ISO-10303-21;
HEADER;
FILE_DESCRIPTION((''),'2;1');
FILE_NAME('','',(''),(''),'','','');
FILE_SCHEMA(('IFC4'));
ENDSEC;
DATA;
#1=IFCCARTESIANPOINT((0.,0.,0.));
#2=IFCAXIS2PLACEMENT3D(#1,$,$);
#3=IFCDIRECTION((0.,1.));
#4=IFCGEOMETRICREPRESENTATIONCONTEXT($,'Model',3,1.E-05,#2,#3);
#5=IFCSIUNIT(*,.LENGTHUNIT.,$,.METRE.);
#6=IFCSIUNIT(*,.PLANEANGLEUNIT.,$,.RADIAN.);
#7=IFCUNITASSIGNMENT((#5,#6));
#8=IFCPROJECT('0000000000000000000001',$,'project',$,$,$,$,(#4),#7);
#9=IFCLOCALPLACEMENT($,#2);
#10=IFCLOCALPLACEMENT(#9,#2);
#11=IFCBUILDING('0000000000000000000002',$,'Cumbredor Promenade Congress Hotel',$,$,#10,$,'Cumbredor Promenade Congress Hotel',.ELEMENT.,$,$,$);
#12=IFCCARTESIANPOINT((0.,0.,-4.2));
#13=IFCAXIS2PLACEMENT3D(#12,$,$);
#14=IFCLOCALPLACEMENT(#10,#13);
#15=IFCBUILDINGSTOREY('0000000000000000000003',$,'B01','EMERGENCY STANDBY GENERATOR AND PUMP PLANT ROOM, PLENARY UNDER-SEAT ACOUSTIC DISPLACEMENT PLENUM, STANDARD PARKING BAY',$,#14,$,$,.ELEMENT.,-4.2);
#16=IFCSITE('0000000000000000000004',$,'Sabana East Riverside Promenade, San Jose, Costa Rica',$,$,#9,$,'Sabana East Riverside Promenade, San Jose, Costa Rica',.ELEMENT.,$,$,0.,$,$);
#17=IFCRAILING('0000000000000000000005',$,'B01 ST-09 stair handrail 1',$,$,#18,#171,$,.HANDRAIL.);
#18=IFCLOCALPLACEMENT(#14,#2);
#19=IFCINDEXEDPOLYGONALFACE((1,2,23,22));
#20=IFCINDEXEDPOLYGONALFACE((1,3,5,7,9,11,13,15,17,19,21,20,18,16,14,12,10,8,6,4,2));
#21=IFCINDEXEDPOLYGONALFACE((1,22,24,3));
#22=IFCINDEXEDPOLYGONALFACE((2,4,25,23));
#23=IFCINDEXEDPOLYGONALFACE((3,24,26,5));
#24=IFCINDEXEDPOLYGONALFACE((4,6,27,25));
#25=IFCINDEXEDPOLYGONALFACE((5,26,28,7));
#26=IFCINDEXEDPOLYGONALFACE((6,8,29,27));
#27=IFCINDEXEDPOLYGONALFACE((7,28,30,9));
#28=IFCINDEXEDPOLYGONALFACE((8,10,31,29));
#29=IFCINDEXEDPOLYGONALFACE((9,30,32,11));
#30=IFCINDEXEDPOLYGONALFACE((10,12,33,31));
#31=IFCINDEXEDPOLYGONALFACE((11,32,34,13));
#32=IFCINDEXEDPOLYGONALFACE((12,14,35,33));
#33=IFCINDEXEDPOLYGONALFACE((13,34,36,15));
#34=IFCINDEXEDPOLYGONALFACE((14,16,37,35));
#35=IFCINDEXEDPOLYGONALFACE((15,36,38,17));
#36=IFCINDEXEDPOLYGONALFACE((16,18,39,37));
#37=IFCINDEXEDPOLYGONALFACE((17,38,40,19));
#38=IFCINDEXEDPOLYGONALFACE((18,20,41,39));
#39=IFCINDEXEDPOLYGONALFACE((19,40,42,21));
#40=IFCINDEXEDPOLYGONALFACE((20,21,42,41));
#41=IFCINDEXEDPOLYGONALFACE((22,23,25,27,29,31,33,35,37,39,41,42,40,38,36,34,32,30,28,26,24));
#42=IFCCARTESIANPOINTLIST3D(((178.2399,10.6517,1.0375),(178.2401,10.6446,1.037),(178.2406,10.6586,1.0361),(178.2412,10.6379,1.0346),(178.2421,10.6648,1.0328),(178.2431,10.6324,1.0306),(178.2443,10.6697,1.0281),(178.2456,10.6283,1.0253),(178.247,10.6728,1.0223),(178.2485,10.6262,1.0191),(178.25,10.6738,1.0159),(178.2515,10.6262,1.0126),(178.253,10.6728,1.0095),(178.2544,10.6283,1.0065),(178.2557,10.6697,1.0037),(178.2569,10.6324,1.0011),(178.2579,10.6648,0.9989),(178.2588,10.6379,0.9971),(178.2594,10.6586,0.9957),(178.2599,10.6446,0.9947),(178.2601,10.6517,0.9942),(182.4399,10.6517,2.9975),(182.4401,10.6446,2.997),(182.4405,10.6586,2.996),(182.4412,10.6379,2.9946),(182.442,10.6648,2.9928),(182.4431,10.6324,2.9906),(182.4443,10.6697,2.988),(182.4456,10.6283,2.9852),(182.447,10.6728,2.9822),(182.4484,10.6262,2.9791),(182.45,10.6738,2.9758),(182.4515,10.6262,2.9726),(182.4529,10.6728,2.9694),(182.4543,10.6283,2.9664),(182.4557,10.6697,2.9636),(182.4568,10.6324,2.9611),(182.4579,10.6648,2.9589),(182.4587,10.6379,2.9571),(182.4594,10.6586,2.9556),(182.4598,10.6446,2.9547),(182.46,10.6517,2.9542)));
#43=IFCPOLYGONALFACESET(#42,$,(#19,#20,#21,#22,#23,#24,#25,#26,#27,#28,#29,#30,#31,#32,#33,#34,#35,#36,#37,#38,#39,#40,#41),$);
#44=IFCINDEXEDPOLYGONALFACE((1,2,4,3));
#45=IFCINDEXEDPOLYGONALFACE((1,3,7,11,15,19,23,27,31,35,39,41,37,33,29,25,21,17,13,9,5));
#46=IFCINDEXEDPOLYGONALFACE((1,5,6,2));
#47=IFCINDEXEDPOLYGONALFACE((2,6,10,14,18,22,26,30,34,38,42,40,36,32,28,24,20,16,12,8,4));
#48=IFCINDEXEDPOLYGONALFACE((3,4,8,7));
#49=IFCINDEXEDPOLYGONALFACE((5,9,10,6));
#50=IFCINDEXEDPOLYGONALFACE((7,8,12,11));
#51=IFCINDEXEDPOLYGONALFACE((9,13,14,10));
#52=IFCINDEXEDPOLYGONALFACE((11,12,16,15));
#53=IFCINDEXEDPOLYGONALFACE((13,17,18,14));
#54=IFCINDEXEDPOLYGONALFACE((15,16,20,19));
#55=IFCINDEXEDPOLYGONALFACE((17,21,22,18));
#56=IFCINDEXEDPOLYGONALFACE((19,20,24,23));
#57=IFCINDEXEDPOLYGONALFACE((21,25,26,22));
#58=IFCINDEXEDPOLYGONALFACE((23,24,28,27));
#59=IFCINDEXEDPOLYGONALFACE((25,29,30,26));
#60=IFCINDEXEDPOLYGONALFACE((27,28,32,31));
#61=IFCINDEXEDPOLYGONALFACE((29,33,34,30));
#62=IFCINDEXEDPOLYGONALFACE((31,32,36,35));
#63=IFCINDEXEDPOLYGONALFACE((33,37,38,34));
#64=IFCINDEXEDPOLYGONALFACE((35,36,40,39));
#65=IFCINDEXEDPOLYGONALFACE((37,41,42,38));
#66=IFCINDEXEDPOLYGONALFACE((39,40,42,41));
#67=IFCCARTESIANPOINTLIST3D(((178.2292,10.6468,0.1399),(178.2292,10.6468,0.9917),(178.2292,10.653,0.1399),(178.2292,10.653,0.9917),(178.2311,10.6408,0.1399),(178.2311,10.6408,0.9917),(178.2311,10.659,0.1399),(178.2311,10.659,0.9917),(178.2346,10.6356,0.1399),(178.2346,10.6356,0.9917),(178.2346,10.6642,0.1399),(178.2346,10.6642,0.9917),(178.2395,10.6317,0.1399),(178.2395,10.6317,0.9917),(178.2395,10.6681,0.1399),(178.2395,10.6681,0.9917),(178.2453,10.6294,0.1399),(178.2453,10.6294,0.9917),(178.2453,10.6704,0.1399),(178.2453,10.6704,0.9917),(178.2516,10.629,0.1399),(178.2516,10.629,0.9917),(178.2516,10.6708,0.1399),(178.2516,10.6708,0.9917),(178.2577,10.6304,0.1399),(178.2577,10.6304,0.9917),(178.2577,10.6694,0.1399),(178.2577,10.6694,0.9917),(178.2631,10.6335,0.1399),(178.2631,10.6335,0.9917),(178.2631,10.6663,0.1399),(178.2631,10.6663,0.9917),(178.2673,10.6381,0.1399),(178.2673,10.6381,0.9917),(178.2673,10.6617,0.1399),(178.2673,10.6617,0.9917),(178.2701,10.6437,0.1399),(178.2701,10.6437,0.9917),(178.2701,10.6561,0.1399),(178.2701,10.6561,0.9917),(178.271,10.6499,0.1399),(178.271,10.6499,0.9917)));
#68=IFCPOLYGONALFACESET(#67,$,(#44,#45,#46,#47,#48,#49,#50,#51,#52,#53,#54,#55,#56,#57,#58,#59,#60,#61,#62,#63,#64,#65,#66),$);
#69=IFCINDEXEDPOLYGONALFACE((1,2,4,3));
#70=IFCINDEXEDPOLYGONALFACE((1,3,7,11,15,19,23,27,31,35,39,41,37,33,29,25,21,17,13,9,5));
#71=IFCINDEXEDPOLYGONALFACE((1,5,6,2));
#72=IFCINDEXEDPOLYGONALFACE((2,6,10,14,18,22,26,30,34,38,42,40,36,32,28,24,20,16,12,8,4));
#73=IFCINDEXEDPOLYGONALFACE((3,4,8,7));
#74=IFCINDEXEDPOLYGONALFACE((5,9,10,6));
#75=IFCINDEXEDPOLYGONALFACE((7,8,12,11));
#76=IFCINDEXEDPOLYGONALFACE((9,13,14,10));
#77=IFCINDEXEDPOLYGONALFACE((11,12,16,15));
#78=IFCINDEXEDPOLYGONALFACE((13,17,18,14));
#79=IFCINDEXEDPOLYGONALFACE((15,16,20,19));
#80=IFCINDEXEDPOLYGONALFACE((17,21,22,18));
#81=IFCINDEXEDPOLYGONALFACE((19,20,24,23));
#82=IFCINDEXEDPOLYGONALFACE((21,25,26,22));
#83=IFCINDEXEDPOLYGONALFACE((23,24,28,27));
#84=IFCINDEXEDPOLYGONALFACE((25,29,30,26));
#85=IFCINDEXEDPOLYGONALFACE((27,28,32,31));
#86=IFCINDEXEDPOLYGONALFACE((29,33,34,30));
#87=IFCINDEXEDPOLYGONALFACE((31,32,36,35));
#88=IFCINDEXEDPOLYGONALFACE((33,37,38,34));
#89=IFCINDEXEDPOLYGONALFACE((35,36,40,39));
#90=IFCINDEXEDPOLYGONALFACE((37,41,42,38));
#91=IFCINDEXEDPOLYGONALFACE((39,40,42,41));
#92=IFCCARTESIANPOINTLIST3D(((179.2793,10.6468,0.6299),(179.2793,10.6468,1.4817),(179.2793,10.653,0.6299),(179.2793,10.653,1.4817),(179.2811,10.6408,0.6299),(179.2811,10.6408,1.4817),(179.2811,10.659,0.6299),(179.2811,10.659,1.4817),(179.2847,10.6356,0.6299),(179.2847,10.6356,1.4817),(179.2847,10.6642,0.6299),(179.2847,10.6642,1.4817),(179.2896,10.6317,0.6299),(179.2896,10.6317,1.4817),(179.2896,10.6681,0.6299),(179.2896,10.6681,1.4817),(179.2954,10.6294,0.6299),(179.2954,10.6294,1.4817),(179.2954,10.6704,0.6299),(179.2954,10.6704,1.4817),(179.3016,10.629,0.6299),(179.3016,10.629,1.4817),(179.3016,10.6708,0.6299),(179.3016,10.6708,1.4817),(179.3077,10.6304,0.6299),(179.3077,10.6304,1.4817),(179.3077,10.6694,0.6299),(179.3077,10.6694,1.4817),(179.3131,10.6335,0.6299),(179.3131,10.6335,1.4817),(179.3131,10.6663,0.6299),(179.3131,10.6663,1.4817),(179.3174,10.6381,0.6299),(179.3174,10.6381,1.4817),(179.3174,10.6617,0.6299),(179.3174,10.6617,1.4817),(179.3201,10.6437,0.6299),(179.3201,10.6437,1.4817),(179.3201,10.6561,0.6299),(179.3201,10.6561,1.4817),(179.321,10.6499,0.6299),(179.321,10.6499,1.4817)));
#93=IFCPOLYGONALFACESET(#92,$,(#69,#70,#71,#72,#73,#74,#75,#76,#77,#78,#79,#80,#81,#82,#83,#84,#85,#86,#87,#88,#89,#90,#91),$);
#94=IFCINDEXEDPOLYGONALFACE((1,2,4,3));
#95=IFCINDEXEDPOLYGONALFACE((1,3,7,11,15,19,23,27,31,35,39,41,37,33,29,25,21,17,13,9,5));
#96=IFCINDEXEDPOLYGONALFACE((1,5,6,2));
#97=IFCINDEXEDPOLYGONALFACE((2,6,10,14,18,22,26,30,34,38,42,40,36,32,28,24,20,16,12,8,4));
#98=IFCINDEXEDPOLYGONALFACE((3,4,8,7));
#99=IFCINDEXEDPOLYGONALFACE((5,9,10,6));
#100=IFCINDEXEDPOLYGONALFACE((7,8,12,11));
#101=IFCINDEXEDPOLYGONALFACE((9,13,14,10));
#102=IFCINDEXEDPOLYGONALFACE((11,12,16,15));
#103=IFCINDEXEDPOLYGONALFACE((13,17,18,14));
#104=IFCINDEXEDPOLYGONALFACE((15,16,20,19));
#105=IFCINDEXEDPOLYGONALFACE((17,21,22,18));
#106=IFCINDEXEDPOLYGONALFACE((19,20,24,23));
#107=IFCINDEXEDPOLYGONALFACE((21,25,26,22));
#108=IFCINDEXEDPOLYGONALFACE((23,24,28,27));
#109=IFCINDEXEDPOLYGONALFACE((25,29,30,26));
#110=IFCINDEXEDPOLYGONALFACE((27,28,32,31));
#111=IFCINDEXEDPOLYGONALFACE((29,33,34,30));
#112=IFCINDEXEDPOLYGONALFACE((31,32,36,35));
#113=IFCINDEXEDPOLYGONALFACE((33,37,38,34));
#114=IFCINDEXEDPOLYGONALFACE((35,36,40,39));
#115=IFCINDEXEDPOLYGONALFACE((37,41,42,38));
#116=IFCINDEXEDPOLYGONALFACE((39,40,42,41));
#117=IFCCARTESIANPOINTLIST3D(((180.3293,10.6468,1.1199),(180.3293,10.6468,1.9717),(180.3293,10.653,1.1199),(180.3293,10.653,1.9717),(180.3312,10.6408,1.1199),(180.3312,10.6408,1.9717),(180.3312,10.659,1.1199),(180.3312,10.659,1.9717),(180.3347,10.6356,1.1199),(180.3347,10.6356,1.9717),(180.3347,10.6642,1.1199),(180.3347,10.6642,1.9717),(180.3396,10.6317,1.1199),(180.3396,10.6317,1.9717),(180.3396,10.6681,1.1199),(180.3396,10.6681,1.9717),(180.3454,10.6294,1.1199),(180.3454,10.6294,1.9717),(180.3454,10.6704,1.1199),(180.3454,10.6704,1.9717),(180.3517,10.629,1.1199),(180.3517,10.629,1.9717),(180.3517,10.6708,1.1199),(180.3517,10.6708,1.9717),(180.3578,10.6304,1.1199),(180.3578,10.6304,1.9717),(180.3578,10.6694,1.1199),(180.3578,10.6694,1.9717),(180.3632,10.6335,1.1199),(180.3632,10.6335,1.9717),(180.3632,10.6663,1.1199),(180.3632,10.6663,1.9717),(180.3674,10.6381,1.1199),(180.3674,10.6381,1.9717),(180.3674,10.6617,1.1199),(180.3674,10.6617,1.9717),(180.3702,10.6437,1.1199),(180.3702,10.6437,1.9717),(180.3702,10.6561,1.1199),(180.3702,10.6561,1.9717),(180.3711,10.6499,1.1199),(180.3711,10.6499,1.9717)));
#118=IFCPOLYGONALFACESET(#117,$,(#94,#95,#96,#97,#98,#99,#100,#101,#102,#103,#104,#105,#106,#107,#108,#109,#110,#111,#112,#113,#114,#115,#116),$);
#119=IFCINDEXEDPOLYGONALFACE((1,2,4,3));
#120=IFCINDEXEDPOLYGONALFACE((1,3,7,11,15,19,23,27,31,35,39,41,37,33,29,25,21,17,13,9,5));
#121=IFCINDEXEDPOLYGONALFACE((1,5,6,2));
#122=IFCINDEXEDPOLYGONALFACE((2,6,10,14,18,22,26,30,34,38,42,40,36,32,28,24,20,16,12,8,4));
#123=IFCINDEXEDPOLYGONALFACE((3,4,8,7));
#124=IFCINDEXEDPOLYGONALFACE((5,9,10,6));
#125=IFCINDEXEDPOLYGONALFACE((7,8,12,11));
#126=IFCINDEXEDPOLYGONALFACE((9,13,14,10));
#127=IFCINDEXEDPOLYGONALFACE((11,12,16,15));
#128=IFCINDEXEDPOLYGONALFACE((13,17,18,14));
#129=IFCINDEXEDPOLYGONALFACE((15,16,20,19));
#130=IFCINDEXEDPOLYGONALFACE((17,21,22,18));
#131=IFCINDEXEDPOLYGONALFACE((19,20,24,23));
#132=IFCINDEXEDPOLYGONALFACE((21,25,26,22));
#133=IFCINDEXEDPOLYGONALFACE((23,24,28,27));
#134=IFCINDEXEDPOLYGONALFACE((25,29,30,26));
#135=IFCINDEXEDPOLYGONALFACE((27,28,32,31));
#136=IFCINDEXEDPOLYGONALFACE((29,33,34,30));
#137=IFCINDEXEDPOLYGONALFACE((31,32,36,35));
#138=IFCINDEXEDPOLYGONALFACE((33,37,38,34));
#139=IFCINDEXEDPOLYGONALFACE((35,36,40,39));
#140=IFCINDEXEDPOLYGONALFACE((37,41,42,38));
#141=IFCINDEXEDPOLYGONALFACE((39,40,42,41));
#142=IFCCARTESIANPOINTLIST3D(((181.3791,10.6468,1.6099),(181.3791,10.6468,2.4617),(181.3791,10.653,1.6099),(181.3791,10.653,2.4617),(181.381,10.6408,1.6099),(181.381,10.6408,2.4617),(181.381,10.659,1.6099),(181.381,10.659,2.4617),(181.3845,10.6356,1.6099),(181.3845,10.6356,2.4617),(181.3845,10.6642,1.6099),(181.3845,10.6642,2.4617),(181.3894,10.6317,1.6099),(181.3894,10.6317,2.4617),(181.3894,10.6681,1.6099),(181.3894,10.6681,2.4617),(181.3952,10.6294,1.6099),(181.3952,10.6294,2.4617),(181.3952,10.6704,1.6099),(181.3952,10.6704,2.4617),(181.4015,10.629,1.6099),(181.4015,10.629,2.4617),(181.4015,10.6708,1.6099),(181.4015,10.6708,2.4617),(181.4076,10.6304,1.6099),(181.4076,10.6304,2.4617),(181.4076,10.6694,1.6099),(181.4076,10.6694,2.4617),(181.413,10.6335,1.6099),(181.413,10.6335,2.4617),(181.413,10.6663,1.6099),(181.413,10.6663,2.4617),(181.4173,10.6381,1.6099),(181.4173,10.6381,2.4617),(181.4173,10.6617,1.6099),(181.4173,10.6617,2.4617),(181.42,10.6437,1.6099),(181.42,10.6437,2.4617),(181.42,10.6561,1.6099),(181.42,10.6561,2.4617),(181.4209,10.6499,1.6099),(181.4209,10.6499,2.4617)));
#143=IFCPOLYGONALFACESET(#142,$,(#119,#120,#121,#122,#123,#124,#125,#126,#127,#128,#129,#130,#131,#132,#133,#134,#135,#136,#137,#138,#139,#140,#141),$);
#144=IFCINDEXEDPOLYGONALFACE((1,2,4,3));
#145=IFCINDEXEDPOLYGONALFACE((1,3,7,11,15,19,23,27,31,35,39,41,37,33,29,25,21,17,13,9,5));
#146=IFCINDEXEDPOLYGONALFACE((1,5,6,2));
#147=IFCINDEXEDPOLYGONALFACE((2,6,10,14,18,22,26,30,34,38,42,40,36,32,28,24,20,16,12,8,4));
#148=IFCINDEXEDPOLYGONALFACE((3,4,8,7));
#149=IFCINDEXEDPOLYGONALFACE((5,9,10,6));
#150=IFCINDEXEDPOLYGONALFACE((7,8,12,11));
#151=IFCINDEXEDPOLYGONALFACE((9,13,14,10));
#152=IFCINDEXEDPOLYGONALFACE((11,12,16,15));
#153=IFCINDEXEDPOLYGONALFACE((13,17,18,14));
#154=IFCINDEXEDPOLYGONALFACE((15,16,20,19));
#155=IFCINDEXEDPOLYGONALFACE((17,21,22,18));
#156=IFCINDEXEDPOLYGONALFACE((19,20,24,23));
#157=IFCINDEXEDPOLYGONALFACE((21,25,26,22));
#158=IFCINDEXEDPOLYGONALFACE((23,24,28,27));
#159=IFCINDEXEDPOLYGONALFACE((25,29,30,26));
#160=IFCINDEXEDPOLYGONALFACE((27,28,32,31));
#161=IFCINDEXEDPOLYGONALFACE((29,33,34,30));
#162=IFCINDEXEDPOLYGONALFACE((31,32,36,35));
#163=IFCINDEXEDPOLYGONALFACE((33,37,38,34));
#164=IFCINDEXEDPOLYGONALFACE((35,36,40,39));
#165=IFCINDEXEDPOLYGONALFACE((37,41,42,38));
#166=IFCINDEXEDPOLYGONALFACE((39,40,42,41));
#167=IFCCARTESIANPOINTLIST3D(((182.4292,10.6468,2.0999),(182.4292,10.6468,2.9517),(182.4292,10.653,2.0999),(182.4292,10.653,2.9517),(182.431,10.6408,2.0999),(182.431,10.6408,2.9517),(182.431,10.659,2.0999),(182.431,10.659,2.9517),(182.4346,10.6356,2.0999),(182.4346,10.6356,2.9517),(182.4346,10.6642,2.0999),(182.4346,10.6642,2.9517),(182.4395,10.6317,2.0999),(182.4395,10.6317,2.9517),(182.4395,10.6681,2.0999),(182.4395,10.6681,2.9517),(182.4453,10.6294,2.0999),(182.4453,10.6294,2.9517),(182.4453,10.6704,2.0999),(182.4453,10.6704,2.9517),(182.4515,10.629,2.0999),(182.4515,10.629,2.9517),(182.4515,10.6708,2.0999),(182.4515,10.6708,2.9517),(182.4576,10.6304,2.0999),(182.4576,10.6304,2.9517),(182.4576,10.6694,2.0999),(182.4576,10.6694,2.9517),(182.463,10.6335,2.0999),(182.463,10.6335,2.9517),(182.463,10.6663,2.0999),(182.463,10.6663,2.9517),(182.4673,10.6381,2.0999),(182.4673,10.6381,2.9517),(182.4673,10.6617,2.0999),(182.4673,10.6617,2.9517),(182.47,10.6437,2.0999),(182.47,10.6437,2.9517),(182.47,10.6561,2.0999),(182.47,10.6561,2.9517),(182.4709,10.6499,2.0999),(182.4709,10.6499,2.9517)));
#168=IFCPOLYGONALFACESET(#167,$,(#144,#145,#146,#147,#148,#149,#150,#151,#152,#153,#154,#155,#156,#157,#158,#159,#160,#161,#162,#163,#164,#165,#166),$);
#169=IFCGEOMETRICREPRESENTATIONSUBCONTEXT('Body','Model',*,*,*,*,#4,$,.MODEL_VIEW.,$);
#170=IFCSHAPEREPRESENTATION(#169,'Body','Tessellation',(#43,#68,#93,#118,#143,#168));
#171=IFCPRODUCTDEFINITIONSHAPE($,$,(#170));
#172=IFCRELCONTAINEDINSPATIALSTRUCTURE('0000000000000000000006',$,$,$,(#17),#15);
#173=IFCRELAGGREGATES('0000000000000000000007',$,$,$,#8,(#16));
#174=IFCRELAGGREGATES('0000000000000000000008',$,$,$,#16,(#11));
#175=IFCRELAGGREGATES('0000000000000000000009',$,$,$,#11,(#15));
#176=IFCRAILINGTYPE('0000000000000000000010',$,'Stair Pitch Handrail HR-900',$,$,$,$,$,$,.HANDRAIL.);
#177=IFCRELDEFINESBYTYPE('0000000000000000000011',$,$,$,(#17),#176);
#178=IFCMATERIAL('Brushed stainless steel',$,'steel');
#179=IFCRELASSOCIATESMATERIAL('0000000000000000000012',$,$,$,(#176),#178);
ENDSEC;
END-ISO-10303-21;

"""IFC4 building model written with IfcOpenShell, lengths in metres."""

from ifc_helpers import new_model, si_unit, direction, frame, origin, origin_2d, place, context, subcontext, project, spatial, circle, extrude, material, type_object, element, save


model = new_model("IFC4")

# Units and contexts
model_context = context("Model", 3, precision=1e-05, world=origin(), true_north=direction((0.0, 1.0)))
body_context = subcontext(model_context, "Body", "Model", "MODEL_VIEW")
ifc_project = project(units=[si_unit("LENGTHUNIT", "METRE"), si_unit("PLANEANGLEUNIT", "RADIAN")], contexts=[model_context])

# Site, building, storey
site_placement = place(None, origin())
site = spatial("IfcSite", under=ifc_project, at=site_placement, Name="Sabana East Riverside Promenade, San Jose, Costa Rica", LongName="Sabana East Riverside Promenade, San Jose, Costa Rica", CompositionType="ELEMENT", RefElevation=0.0)
building_placement = place(site_placement, origin())
building = spatial("IfcBuilding", under=site, at=building_placement, Name="Cumbredor Promenade Congress Hotel", LongName="Cumbredor Promenade Congress Hotel", CompositionType="ELEMENT")
storey_placement = place(building_placement, frame((0.0, 0.0, -4.2)))
storey = spatial("IfcBuildingStorey", under=building, at=storey_placement, Name="B01", Description="EMERGENCY STANDBY GENERATOR AND PUMP PLANT ROOM, PLENARY UNDER-SEAT ACOUSTIC DISPLACEMENT PLENUM, STANDARD PARKING BAY", CompositionType="ELEMENT", Elevation=-4.2)

# Railing
ifc_material_1 = material(Name="Brushed stainless steel", Category="steel")
railing_type_1 = type_object("IfcRailingType", Name="Stair Pitch Handrail HR-900", PredefinedType="HANDRAIL", material=ifc_material_1)
railing_1_placement = place(storey_placement, frame((178.25, 10.6499, 0.1399)))
element("IfcRailing", 1, at=railing_1_placement, inside=storey, type_object=railing_type_1, Name="B01 ST-09 stair handrail 1", PredefinedType="HANDRAIL", context=body_context, shape_type="SweptSolid", body=[
    extrude(circle(Radius=0.0239, at=origin_2d()), frame((0.0, 0.0, 0.876), z_axis=(0.906184, 0.0, 0.422883), x_axis=(0.0, 1.0, 0.0)), (0.0, 0.0, 1.0), 4.6348),
    extrude(circle(Radius=0.021, at=origin_2d()), origin(), (0.0, 0.0, 1.0), 0.8518),
    extrude(circle(Radius=0.021, at=origin_2d()), frame((1.05, 0.0, 0.49)), (0.0, 0.0, 1.0), 0.8518),
    extrude(circle(Radius=0.021, at=origin_2d()), frame((2.1001, 0.0, 0.98)), (0.0, 0.0, 1.0), 0.8518),
    extrude(circle(Radius=0.021, at=origin_2d()), frame((3.1499, 0.0, 1.47)), (0.0, 0.0, 1.0), 0.8518),
    extrude(circle(Radius=0.021, at=origin_2d()), frame((4.2, 0.0, 1.96)), (0.0, 0.0, 1.0), 0.8518),
])

save(model, "model.ifc")
